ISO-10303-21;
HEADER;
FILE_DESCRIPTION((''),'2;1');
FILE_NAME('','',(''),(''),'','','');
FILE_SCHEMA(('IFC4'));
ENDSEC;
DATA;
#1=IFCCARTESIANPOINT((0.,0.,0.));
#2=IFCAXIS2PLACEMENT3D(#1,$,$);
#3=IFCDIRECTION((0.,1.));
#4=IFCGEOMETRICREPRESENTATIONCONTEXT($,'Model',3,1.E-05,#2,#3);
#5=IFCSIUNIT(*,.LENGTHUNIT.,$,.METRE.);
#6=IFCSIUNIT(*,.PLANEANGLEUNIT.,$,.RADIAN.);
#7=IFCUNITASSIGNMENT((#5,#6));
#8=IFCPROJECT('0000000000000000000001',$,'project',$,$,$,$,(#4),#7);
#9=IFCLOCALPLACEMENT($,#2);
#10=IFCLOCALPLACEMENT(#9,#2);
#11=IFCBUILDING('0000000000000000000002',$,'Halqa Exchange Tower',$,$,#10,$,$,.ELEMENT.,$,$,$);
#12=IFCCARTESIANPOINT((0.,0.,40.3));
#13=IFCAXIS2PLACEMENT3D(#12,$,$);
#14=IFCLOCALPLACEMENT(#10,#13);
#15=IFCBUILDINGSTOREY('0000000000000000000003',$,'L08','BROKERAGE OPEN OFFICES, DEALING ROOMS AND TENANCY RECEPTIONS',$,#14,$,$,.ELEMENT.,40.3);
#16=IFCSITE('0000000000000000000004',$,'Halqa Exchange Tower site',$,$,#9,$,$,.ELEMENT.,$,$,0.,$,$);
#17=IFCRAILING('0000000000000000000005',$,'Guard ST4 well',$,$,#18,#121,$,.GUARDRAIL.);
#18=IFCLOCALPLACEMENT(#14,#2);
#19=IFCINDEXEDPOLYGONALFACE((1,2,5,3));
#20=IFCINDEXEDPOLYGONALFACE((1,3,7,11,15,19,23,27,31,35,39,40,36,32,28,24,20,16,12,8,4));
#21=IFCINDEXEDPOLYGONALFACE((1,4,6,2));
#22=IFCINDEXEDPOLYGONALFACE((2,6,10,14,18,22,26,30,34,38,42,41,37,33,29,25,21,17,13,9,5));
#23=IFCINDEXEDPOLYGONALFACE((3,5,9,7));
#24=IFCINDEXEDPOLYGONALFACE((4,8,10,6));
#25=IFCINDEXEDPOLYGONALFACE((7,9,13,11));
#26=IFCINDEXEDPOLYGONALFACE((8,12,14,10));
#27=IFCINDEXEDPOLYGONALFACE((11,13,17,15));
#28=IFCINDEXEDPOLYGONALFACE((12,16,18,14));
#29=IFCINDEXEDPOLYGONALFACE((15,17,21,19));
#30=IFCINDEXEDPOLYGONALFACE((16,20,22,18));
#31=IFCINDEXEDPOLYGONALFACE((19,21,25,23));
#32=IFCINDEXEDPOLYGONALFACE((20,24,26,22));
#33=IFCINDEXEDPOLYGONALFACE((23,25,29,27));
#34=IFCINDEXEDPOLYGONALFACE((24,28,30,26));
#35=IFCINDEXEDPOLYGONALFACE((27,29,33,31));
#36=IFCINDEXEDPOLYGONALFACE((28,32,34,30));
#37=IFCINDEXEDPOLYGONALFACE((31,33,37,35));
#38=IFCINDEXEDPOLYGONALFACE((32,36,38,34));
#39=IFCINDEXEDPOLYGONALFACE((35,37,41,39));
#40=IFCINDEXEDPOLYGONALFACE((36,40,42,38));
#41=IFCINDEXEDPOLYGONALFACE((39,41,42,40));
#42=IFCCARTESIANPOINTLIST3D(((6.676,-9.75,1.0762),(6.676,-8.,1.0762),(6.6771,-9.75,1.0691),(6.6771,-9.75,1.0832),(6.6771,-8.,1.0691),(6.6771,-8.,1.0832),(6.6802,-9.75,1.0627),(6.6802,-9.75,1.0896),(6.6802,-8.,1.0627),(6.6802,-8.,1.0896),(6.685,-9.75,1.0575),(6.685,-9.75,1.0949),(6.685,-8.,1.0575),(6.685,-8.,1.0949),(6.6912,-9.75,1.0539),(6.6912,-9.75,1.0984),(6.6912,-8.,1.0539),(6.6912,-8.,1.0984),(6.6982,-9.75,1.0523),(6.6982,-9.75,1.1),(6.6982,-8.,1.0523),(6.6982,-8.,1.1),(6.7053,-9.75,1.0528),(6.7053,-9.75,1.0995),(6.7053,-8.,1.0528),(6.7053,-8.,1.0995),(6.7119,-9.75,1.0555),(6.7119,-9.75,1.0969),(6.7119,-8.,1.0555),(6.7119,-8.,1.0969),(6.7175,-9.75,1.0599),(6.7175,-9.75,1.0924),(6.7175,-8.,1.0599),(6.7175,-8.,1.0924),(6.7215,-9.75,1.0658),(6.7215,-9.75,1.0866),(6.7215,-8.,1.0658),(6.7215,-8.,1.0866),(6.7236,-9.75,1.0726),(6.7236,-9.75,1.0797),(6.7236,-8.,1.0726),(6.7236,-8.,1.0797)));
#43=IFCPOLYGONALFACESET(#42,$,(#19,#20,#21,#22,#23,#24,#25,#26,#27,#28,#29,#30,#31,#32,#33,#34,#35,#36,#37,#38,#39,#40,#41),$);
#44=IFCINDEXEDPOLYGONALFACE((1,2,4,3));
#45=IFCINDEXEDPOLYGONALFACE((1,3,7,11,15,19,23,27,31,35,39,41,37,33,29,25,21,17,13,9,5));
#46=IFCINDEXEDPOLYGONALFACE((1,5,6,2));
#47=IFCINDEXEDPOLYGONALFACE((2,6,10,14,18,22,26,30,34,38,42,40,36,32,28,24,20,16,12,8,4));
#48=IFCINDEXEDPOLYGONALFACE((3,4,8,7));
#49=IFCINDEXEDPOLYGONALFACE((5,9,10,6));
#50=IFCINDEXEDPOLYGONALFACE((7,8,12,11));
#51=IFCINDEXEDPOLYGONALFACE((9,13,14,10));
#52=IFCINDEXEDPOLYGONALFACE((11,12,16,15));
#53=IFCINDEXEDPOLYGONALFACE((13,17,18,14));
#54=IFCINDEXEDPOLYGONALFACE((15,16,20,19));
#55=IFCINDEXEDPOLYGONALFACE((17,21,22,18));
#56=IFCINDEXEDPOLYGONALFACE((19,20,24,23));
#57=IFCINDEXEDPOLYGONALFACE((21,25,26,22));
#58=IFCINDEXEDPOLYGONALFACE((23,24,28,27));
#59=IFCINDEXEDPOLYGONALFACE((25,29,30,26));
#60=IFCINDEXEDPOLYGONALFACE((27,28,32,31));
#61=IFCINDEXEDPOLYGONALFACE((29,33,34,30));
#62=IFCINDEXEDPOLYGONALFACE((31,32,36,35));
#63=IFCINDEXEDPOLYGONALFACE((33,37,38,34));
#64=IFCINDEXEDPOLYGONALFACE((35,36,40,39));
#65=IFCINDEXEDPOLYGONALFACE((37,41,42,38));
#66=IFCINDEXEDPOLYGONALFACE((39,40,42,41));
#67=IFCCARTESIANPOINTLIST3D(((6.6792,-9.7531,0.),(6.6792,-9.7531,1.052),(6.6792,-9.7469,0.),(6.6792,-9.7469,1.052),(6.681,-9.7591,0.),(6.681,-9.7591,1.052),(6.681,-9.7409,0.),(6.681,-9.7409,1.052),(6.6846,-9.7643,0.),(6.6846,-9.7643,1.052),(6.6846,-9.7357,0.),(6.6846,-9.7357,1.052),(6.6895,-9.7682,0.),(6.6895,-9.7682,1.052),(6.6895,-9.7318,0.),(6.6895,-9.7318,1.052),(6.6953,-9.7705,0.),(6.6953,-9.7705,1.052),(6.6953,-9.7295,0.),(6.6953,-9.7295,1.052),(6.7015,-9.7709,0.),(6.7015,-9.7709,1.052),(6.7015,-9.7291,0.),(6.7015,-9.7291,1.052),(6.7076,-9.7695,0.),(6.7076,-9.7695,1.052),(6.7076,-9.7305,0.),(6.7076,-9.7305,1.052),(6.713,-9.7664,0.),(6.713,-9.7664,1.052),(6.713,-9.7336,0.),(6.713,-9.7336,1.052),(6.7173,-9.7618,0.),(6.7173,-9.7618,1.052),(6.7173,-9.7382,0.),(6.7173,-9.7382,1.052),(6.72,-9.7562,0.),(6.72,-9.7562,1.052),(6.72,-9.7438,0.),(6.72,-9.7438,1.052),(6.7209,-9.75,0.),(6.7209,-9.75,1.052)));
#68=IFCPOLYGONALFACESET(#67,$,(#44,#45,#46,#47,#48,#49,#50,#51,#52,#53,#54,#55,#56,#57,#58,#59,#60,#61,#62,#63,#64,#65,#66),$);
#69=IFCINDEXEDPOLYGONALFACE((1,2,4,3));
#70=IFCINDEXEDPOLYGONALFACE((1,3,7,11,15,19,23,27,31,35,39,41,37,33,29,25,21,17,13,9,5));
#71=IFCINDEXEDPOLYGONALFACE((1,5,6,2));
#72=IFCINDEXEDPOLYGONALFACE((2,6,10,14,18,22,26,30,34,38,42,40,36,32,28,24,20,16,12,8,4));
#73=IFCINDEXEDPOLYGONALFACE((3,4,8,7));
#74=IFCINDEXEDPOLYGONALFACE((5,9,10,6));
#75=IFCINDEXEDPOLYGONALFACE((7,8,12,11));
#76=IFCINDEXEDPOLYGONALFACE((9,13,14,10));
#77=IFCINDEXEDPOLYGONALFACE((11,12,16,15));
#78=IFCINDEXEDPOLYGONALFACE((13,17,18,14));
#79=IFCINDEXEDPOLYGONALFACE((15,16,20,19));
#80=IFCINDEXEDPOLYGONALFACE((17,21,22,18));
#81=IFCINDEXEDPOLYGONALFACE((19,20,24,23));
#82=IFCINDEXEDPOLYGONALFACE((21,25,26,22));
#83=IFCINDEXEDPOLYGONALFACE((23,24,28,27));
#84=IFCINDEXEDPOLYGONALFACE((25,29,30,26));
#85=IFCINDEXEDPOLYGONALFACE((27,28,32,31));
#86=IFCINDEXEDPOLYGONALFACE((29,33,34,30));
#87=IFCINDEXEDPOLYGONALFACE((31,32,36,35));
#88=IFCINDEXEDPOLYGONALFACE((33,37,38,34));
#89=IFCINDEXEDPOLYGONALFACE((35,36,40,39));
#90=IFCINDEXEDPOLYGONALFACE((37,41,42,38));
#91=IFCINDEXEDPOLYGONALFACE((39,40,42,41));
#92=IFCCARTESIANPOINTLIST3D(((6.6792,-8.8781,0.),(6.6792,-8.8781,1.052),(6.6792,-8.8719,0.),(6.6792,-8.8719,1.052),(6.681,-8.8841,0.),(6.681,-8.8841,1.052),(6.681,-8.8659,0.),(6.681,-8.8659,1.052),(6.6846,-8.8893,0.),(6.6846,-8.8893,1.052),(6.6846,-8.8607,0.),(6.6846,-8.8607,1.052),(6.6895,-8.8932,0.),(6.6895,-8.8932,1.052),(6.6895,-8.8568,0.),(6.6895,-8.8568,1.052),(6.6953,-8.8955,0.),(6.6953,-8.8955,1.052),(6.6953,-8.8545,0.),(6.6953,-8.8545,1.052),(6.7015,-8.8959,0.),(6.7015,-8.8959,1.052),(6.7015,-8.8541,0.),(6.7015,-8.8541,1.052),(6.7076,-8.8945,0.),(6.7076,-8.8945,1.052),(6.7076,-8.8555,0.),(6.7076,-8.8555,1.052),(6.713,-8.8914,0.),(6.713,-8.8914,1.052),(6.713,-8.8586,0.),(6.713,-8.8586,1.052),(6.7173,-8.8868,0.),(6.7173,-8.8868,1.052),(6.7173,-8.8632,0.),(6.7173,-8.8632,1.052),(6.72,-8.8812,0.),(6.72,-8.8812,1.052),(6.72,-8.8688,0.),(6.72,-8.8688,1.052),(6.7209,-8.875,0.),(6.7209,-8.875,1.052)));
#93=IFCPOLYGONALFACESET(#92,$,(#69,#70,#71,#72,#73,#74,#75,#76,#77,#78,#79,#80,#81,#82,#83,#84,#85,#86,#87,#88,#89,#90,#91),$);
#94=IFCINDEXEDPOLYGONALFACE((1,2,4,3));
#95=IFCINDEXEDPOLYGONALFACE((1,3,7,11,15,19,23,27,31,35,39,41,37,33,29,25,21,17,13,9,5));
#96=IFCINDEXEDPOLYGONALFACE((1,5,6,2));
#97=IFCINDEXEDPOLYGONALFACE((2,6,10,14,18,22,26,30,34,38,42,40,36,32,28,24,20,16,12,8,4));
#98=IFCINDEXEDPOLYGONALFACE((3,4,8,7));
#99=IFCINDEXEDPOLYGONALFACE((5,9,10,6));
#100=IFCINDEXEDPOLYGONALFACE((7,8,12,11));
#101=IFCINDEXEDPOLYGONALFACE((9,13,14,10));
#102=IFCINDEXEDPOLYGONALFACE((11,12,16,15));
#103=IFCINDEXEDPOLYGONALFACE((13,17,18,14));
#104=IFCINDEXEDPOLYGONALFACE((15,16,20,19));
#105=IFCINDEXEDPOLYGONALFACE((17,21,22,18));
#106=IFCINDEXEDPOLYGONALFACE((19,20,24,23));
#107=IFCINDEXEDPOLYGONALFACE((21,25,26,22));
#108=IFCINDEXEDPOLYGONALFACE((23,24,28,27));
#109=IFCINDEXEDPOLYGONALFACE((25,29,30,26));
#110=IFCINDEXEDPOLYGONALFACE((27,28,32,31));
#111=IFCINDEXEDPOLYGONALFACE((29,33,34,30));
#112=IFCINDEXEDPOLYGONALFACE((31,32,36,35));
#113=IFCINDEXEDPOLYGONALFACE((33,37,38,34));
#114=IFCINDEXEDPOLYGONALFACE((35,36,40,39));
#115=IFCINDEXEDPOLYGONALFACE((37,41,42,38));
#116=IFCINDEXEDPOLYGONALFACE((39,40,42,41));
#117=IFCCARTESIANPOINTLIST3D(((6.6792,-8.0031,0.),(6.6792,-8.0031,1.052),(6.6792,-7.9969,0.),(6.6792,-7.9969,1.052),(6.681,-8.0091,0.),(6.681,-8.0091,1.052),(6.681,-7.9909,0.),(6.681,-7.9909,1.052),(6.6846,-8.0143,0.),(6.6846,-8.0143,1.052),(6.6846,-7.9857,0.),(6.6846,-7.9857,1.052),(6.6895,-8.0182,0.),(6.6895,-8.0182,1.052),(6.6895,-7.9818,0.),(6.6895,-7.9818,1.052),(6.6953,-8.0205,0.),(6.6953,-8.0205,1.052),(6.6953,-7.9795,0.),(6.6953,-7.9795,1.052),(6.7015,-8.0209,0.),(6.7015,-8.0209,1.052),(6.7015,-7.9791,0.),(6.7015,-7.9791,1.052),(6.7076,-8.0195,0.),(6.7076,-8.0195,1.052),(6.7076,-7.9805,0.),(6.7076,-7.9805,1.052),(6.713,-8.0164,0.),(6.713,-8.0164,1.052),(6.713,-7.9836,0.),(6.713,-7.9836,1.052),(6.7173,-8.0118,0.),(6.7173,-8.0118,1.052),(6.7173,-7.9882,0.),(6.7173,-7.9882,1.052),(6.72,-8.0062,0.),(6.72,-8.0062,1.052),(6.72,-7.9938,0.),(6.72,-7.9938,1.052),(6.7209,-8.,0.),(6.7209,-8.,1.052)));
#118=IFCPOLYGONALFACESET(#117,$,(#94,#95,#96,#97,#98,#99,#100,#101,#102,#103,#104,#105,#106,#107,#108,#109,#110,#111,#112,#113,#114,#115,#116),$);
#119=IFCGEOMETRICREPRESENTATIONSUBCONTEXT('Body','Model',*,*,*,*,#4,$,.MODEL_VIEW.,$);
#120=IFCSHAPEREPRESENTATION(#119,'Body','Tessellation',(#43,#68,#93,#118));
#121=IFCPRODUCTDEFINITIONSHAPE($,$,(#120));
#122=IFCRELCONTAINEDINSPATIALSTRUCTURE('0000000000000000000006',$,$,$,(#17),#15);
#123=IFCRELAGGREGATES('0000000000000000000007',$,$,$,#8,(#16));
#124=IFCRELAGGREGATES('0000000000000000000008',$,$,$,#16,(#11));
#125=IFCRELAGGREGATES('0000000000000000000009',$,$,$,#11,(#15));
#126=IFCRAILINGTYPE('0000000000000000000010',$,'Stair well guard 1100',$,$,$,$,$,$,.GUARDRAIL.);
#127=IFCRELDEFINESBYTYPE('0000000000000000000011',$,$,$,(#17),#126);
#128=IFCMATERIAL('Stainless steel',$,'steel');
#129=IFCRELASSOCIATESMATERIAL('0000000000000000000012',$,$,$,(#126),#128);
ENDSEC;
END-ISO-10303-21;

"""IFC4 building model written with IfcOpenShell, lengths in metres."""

from ifc_helpers import new_model, si_unit, direction, frame, origin, origin_2d, place, context, subcontext, project, spatial, circle, extrude, material, type_object, element, save


model = new_model("IFC4")

# Units and contexts
model_context = context("Model", 3, precision=1e-05, world=origin(), true_north=direction((0.0, 1.0)))
body_context = subcontext(model_context, "Body", "Model", "MODEL_VIEW")
ifc_project = project(units=[si_unit("LENGTHUNIT", "METRE"), si_unit("PLANEANGLEUNIT", "RADIAN")], contexts=[model_context])

# Site, building, storey
site_placement = place(None, origin())
site = spatial("IfcSite", under=ifc_project, at=site_placement, Name="Halqa Exchange Tower site", CompositionType="ELEMENT", RefElevation=0.0)
building_placement = place(site_placement, origin())
building = spatial("IfcBuilding", under=site, at=building_placement, Name="Halqa Exchange Tower", CompositionType="ELEMENT")
storey_placement = place(building_placement, frame((0.0, 0.0, 40.3)))
storey = spatial("IfcBuildingStorey", under=building, at=storey_placement, Name="L08", Description="BROKERAGE OPEN OFFICES, DEALING ROOMS AND TENANCY RECEPTIONS", CompositionType="ELEMENT", Elevation=40.3)

# Railing
ifc_material_1 = material(Name="Stainless steel", Category="steel")
railing_type_1 = type_object("IfcRailingType", Name="Stair well guard 1100", PredefinedType="GUARDRAIL", material=ifc_material_1)
railing_1_placement = place(storey_placement, frame((6.7, -9.75, 0.0)))
element("IfcRailing", 1, at=railing_1_placement, inside=storey, type_object=railing_type_1, Name="Guard ST4 well", PredefinedType="GUARDRAIL", context=body_context, shape_type="SweptSolid", body=[
    extrude(circle(Radius=0.0239, at=origin_2d()), frame((0.0, 0.0, 1.0762), z_axis=(0.0, 1.0, 0.0), x_axis=(-1.0, 0.0, 0.0)), (0.0, 0.0, 1.0), 1.75),
    extrude(circle(Radius=0.021, at=origin_2d()), origin(), (0.0, 0.0, 1.0), 1.052),
    extrude(circle(Radius=0.021, at=origin_2d()), frame((0.0, 0.875, 0.0)), (0.0, 0.0, 1.0), 1.052),
    extrude(circle(Radius=0.021, at=origin_2d()), frame((0.0, 1.75, 0.0)), (0.0, 0.0, 1.0), 1.052),
])

save(model, "model.ifc")
